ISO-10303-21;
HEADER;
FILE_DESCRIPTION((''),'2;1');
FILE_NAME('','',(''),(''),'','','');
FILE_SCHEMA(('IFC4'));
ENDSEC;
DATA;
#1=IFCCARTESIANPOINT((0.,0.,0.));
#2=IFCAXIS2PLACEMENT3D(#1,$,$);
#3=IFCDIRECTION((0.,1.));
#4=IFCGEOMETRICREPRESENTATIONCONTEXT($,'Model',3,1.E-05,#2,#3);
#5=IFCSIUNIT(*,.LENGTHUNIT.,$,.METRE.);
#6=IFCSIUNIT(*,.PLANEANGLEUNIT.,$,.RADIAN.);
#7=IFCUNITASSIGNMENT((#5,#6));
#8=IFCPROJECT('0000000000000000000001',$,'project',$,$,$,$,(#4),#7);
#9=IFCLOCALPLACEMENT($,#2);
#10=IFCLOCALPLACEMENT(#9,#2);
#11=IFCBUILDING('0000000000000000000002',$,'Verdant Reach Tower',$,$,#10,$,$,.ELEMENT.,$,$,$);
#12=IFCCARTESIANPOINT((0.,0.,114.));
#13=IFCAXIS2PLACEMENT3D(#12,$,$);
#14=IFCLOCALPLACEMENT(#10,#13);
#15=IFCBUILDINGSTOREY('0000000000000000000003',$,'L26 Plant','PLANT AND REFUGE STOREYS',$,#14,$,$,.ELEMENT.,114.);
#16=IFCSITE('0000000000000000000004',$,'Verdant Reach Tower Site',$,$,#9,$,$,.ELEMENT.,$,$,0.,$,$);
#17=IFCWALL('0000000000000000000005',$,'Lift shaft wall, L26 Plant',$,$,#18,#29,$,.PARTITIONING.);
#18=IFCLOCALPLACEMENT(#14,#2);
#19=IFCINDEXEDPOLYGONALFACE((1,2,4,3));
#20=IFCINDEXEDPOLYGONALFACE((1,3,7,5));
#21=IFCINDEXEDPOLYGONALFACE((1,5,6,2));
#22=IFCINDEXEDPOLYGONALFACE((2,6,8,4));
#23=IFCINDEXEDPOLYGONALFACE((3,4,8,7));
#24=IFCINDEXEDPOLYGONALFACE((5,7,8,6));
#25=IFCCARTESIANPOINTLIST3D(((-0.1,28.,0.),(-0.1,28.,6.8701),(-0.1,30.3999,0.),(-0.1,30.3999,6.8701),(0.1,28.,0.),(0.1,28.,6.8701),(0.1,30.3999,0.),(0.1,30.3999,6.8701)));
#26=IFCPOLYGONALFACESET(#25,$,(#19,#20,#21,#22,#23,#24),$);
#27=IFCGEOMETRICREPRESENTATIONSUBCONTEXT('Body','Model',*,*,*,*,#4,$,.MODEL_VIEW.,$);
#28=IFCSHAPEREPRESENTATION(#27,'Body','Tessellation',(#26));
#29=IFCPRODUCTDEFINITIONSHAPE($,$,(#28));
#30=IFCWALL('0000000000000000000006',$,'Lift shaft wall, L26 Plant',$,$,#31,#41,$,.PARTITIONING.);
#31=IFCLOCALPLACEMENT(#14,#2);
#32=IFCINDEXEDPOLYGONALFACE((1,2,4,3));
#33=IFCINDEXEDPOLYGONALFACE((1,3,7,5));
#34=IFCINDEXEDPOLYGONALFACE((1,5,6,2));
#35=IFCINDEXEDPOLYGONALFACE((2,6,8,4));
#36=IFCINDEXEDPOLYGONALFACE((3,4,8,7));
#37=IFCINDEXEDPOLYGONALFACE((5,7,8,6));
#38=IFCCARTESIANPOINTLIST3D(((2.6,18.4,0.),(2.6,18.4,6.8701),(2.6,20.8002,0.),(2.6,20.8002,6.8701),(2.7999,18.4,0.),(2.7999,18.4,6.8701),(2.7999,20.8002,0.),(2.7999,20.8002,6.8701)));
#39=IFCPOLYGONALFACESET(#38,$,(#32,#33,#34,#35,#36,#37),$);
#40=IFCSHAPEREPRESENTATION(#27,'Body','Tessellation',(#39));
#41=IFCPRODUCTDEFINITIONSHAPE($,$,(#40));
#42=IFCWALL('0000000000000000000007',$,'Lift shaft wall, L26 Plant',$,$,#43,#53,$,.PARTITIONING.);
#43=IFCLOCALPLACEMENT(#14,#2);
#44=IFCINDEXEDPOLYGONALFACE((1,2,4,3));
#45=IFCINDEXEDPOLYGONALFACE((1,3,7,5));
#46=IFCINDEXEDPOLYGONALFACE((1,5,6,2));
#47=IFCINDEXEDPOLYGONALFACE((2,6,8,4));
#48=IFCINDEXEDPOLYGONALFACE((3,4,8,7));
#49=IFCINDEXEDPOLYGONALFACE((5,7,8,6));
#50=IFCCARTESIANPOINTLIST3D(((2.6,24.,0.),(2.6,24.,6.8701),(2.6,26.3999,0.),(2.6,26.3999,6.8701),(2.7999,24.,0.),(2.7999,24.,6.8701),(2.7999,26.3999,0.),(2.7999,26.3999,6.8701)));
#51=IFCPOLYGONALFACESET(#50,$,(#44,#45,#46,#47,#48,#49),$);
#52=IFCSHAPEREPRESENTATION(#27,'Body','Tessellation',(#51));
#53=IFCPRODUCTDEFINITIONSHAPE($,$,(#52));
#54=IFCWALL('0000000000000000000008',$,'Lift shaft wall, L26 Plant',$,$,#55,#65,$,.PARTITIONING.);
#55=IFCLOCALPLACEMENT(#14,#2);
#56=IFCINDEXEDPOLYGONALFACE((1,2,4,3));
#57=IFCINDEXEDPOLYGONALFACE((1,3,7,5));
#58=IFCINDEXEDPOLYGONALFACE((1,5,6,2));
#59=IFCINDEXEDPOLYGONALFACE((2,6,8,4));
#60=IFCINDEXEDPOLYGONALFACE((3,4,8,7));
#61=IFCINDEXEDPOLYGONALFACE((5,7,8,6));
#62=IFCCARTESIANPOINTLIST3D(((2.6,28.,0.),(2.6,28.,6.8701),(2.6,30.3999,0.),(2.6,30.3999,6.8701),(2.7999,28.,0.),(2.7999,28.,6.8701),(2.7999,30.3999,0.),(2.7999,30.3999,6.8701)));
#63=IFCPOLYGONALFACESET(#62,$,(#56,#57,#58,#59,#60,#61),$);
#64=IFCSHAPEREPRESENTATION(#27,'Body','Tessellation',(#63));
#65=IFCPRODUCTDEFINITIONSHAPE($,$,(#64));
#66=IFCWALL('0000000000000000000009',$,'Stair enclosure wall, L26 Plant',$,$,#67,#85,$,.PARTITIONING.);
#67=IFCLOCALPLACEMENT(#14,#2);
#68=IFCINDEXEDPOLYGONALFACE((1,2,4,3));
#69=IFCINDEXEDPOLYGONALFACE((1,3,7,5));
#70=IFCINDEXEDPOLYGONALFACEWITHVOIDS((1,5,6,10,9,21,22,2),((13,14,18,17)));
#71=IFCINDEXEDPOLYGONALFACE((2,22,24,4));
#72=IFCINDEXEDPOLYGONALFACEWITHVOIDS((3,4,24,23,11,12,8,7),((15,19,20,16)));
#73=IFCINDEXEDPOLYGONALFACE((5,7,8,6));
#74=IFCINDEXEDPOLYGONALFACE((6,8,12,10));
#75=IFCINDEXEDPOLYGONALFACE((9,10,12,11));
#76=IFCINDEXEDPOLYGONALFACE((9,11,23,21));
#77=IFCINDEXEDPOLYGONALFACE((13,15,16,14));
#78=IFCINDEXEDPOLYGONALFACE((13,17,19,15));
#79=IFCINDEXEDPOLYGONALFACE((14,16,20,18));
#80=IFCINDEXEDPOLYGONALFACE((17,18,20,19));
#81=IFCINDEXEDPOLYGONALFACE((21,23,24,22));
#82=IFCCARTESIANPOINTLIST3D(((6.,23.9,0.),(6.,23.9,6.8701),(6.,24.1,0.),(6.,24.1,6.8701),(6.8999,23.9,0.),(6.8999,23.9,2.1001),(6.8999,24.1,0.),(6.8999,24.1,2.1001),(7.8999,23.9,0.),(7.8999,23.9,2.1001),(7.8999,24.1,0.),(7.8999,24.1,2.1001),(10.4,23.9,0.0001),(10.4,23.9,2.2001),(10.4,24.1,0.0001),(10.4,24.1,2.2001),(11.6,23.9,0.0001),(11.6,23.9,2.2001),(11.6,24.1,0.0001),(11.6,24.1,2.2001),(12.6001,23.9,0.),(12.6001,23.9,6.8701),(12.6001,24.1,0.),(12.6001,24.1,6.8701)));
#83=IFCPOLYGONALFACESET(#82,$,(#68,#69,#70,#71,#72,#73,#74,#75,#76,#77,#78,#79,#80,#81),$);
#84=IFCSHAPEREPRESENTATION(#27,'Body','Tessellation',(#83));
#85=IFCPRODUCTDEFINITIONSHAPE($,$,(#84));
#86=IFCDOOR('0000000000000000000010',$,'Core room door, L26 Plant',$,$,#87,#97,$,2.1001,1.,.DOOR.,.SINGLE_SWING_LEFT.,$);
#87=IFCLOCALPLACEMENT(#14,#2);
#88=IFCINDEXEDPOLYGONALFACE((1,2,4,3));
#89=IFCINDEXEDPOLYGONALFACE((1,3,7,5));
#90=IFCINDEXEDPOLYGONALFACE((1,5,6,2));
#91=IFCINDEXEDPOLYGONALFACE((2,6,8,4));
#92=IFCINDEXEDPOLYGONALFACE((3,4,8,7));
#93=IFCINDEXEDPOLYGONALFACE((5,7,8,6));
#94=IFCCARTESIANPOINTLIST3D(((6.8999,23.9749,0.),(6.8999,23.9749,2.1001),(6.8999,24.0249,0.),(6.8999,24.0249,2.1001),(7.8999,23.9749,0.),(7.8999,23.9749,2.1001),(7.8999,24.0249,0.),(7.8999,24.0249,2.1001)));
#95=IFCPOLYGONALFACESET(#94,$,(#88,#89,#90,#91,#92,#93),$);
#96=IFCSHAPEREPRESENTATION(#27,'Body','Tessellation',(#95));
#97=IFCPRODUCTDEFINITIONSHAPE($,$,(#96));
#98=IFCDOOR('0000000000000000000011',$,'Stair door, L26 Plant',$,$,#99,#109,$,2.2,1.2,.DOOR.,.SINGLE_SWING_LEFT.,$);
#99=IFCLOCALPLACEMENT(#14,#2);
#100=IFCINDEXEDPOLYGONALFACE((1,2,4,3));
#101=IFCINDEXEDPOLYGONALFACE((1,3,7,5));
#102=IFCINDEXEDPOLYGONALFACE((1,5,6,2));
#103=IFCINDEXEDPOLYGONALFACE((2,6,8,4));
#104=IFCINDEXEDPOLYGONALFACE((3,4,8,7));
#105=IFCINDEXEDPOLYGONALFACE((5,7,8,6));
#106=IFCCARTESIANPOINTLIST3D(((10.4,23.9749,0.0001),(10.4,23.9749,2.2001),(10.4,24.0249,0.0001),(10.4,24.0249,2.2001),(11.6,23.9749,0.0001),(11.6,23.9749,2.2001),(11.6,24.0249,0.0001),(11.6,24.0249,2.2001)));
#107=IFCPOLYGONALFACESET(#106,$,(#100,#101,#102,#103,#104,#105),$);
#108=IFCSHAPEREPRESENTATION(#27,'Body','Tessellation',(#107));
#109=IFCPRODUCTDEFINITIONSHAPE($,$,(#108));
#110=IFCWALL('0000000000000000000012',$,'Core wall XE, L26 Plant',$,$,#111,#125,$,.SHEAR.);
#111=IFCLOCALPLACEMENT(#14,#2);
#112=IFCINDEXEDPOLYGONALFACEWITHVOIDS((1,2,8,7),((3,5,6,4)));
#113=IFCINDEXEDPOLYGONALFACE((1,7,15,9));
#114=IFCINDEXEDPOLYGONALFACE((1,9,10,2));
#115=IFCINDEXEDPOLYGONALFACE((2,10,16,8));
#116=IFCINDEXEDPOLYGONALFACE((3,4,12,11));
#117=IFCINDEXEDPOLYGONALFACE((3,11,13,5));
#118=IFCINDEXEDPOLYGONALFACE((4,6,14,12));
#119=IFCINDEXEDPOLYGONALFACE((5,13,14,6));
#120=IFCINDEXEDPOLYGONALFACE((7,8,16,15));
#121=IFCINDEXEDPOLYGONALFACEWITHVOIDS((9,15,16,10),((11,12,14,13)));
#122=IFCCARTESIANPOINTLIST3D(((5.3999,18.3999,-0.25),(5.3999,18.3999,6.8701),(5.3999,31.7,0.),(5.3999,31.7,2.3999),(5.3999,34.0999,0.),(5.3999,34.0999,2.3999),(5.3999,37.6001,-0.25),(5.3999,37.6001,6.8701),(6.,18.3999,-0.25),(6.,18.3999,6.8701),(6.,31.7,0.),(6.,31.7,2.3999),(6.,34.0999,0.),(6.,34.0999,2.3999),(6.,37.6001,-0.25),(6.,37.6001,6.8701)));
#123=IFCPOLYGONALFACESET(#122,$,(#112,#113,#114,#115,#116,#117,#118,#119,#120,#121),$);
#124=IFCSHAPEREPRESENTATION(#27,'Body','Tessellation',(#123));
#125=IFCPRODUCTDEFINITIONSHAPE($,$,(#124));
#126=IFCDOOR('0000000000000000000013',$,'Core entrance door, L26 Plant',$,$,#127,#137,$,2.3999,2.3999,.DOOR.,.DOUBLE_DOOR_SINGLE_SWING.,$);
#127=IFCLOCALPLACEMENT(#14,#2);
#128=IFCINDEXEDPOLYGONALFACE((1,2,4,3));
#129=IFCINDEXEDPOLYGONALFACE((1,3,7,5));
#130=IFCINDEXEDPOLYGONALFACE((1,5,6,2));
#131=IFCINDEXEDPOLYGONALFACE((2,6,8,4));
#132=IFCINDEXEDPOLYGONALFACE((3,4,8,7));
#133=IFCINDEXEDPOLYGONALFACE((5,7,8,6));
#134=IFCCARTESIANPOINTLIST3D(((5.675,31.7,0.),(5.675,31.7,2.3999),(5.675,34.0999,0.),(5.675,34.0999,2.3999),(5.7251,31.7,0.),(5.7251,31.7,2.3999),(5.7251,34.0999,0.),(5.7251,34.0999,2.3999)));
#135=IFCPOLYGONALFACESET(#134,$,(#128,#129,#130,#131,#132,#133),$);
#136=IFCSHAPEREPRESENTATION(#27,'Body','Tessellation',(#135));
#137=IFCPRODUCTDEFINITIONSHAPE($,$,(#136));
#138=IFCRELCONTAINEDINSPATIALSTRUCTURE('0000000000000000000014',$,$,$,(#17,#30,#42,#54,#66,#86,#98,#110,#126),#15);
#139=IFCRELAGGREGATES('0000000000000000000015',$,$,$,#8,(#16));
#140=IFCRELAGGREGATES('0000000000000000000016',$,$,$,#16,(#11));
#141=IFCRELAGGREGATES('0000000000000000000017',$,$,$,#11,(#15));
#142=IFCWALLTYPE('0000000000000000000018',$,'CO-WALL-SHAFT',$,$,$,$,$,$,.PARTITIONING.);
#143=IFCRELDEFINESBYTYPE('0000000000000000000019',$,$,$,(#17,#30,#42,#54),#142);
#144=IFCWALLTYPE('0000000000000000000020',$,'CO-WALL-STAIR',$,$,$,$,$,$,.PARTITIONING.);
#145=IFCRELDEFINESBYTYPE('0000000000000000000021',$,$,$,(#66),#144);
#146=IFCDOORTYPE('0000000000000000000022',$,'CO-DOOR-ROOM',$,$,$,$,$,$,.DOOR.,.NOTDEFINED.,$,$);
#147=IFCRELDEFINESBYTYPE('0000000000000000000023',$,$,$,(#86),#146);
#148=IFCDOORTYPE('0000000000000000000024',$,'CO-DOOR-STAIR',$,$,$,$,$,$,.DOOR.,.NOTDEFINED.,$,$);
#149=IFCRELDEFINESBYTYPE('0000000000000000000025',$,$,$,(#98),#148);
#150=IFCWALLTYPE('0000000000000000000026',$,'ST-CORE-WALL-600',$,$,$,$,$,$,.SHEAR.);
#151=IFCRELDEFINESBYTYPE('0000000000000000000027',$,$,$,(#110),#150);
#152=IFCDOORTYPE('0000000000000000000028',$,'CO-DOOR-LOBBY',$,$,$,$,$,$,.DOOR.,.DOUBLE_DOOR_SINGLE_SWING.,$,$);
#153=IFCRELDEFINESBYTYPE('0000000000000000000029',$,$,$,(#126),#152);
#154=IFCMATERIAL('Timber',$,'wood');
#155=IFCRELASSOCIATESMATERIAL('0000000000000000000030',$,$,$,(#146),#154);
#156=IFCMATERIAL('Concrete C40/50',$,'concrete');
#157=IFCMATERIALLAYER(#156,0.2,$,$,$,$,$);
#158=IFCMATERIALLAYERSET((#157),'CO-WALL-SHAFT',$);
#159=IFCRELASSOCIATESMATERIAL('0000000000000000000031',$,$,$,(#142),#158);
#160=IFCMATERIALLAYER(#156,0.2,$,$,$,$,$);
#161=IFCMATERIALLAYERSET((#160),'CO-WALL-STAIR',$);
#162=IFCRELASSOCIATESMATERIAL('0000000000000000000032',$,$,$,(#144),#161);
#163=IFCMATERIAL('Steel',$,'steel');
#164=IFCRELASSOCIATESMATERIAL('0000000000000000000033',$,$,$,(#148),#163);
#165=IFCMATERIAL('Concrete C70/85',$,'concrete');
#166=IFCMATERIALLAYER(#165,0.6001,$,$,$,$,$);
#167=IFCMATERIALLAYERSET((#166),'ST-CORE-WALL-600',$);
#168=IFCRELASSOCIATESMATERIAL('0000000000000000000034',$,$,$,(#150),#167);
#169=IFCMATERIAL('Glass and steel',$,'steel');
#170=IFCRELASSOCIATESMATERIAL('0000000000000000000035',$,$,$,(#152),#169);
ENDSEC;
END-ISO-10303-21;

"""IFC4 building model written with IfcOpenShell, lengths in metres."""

from ifc_helpers import new_model, si_unit, direction, frame, frame_2d, origin, place, context, subcontext, project, spatial, rectangle, extrude, material, layer, layer_set, type_object, element, fill, save


model = new_model("IFC4")

# Units and contexts
model_context = context("Model", 3, precision=1e-05, world=origin(), true_north=direction((0.0, 1.0)))
body_context = subcontext(model_context, "Body", "Model", "MODEL_VIEW")
ifc_project = project(units=[si_unit("LENGTHUNIT", "METRE"), si_unit("PLANEANGLEUNIT", "RADIAN")], contexts=[model_context])

# Site, building, storey
site_placement = place(None, origin())
site = spatial("IfcSite", under=ifc_project, at=site_placement, Name="Verdant Reach Tower Site", CompositionType="ELEMENT", RefElevation=0.0)
building_placement = place(site_placement, origin())
building = spatial("IfcBuilding", under=site, at=building_placement, Name="Verdant Reach Tower", CompositionType="ELEMENT")
storey_placement = place(building_placement, frame((0.0, 0.0, 114.0)))
storey = spatial("IfcBuildingStorey", under=building, at=storey_placement, Name="L26 Plant", Description="PLANT AND REFUGE STOREYS", CompositionType="ELEMENT", Elevation=114.0)

# Shared definitions
ifc_material_1 = material(Name="Timber", Category="wood")
door_type_1 = type_object("IfcDoorType", Name="CO-DOOR-ROOM", OperationType="NOTDEFINED", PredefinedType="DOOR", material=ifc_material_1)

# Walls
ifc_material_2 = material(Name="Concrete C40/50", Category="concrete")
ifc_layer_1 = layer(ifc_material_2, 0.2)
ifc_layer_set_1 = layer_set([ifc_layer_1], Name="CO-WALL-SHAFT")
wall_type_1 = type_object("IfcWallType", Name="CO-WALL-SHAFT", PredefinedType="PARTITIONING", material=ifc_layer_set_1)
for number, where, z_axis, x_axis, name in (
    (1, (0.0, 28.0, 0.0), (0.0, 0.0, 1.0), (0.0, 1.0, 0.0), "Lift shaft wall, L26 Plant"),
):
    element("IfcWall", number, at=place(storey_placement, frame(where, z_axis=z_axis, x_axis=x_axis)), inside=storey, type_object=wall_type_1, Name=name, PredefinedType="PARTITIONING", context=body_context, shape_type="SweptSolid", body=[
        extrude(rectangle(XDim=2.3999, YDim=0.2, at=frame_2d((1.2, 0.0))), origin(), (0.0, 0.0, 1.0), 6.8701),
    ])
wall_1_placement = place(storey_placement, frame((2.7, 18.3999, 0.0), z_axis=(0.0, 0.0, 1.0), x_axis=(0.0, 1.0, 0.0)))
element("IfcWall", 2, at=wall_1_placement, inside=storey, type_object=wall_type_1, Name="Lift shaft wall, L26 Plant", PredefinedType="PARTITIONING", context=body_context, shape_type="SweptSolid", body=[
    extrude(rectangle(XDim=2.4001, YDim=0.2, at=frame_2d((1.2002, 0.0))), origin(), (0.0, 0.0, 1.0), 6.8701),
])
for number, where, z_axis, x_axis, name in (
    (3, (2.7, 24.0, 0.0), (0.0, 0.0, 1.0), (0.0, 1.0, 0.0), "Lift shaft wall, L26 Plant"),
    (4, (2.7, 28.0, 0.0), (0.0, 0.0, 1.0), (0.0, 1.0, 0.0), "Lift shaft wall, L26 Plant"),
):
    element("IfcWall", number, at=place(storey_placement, frame(where, z_axis=z_axis, x_axis=x_axis)), inside=storey, type_object=wall_type_1, Name=name, PredefinedType="PARTITIONING", context=body_context, shape_type="SweptSolid", body=[
        extrude(rectangle(XDim=2.3999, YDim=0.2, at=frame_2d((1.2, 0.0))), origin(), (0.0, 0.0, 1.0), 6.8701),
    ])

# Wall, openings, doors
ifc_layer_2 = layer(ifc_material_2, 0.2)
ifc_layer_set_2 = layer_set([ifc_layer_2], Name="CO-WALL-STAIR")
wall_type_2 = type_object("IfcWallType", Name="CO-WALL-STAIR", PredefinedType="PARTITIONING", material=ifc_layer_set_2)
wall_2_placement = place(storey_placement, frame((6.0, 24.0, 0.0), z_axis=(0.0, 0.0, 1.0), x_axis=(1.0, 0.0, 0.0)))
wall_2 = element("IfcWall", 5, at=wall_2_placement, inside=storey, type_object=wall_type_2, Name="Stair enclosure wall, L26 Plant", PredefinedType="PARTITIONING", context=body_context, shape_type="SweptSolid", body=[
    extrude(rectangle(XDim=6.6001, YDim=0.2, at=frame_2d((3.3, 0.0))), origin(), (0.0, 0.0, 1.0), 6.8701),
])
opening_1_placement = place(wall_2_placement, frame((0.8999, 0.0, 0.0)))
opening_1 = element("IfcOpeningElement", 6, at=opening_1_placement, cuts=wall_2, PredefinedType="OPENING", context=body_context, shape_type="SweptSolid", body=[
    extrude(rectangle(XDim=1.0, YDim=2.1001, at=frame_2d((0.5, 1.05))), frame((0.0, 0.1099, 0.0), z_axis=(0.0, -1.0, 0.0), x_axis=(1.0, 0.0, 0.0)), (0.0, 0.0, 1.0), 0.22),
])
opening_2_placement = place(wall_2_placement, frame((4.3999, 0.0, 0.0)))
opening_2 = element("IfcOpeningElement", 7, at=opening_2_placement, cuts=wall_2, PredefinedType="OPENING", context=body_context, shape_type="SweptSolid", body=[
    extrude(rectangle(XDim=1.2, YDim=2.2, at=frame_2d((0.6001, 1.1001))), frame((0.0, 0.1099, 0.0), z_axis=(0.0, -1.0, 0.0), x_axis=(1.0, 0.0, 0.0)), (0.0, 0.0, 1.0), 0.22),
])
door_1_placement = place(opening_1_placement, origin())
door_1 = element("IfcDoor", 8, at=door_1_placement, inside=storey, type_object=door_type_1, Name="Core room door, L26 Plant", OperationType="SINGLE_SWING_LEFT", OverallHeight=2.1001, OverallWidth=1.0, PredefinedType="DOOR", context=body_context, shape_type="SweptSolid", body=[
    extrude(rectangle(XDim=1.0, YDim=2.1001, at=frame_2d((0.5, 1.05))), frame((0.0, 0.0249, 0.0), z_axis=(0.0, -1.0, 0.0), x_axis=(1.0, 0.0, 0.0)), (0.0, 0.0, 1.0), 0.05),
])
fill(opening_1, door_1)
ifc_material_3 = material(Name="Steel", Category="steel")
door_type_2 = type_object("IfcDoorType", Name="CO-DOOR-STAIR", OperationType="NOTDEFINED", PredefinedType="DOOR", material=ifc_material_3)
door_2_placement = place(opening_2_placement, origin())
door_2 = element("IfcDoor", 9, at=door_2_placement, inside=storey, type_object=door_type_2, Name="Stair door, L26 Plant", OperationType="SINGLE_SWING_LEFT", OverallHeight=2.2, OverallWidth=1.2, PredefinedType="DOOR", context=body_context, shape_type="SweptSolid", body=[
    extrude(rectangle(XDim=1.2, YDim=2.2, at=frame_2d((0.6001, 1.1001))), frame((0.0, 0.0249, 0.0), z_axis=(0.0, -1.0, 0.0), x_axis=(1.0, 0.0, 0.0)), (0.0, 0.0, 1.0), 0.05),
])
fill(opening_2, door_2)

# Wall, opening, door
ifc_material_4 = material(Name="Concrete C70/85", Category="concrete")
ifc_layer_3 = layer(ifc_material_4, 0.6001)
ifc_layer_set_3 = layer_set([ifc_layer_3], Name="ST-CORE-WALL-600")
wall_type_3 = type_object("IfcWallType", Name="ST-CORE-WALL-600", PredefinedType="SHEAR", material=ifc_layer_set_3)
wall_3_placement = place(storey_placement, frame((5.7, 18.3999, -0.25), z_axis=(0.0, 0.0, 1.0), x_axis=(0.0, 1.0, 0.0)))
wall_3 = element("IfcWall", 10, at=wall_3_placement, inside=storey, type_object=wall_type_3, Name="Core wall XE, L26 Plant", PredefinedType="SHEAR", context=body_context, shape_type="SweptSolid", body=[
    extrude(rectangle(XDim=19.2002, YDim=0.6001, at=frame_2d((9.6001, 0.0))), origin(), (0.0, 0.0, 1.0), 7.1201),
])
opening_3_placement = place(wall_3_placement, frame((13.3, 0.0, 0.25)))
opening_3 = element("IfcOpeningElement", 11, at=opening_3_placement, cuts=wall_3, PredefinedType="OPENING", context=body_context, shape_type="SweptSolid", body=[
    extrude(rectangle(XDim=2.3999, YDim=2.3999, at=frame_2d((1.2, 1.2))), frame((0.0, 0.3101, 0.0), z_axis=(0.0, -1.0, 0.0), x_axis=(1.0, 0.0, 0.0)), (0.0, 0.0, 1.0), 0.6201),
])
ifc_material_5 = material(Name="Glass and steel", Category="steel")
door_type_3 = type_object("IfcDoorType", Name="CO-DOOR-LOBBY", OperationType="DOUBLE_DOOR_SINGLE_SWING", PredefinedType="DOOR", material=ifc_material_5)
door_3_placement = place(opening_3_placement, origin())
door_3 = element("IfcDoor", 12, at=door_3_placement, inside=storey, type_object=door_type_3, Name="Core entrance door, L26 Plant", OperationType="DOUBLE_DOOR_SINGLE_SWING", OverallHeight=2.3999, OverallWidth=2.3999, PredefinedType="DOOR", context=body_context, shape_type="SweptSolid", body=[
    extrude(rectangle(XDim=2.3999, YDim=2.3999, at=frame_2d((1.2, 1.2))), frame((0.0, 0.0249, 0.0), z_axis=(0.0, -1.0, 0.0), x_axis=(1.0, 0.0, 0.0)), (0.0, 0.0, 1.0), 0.05),
])
fill(opening_3, door_3)

save(model, "model.ifc")
